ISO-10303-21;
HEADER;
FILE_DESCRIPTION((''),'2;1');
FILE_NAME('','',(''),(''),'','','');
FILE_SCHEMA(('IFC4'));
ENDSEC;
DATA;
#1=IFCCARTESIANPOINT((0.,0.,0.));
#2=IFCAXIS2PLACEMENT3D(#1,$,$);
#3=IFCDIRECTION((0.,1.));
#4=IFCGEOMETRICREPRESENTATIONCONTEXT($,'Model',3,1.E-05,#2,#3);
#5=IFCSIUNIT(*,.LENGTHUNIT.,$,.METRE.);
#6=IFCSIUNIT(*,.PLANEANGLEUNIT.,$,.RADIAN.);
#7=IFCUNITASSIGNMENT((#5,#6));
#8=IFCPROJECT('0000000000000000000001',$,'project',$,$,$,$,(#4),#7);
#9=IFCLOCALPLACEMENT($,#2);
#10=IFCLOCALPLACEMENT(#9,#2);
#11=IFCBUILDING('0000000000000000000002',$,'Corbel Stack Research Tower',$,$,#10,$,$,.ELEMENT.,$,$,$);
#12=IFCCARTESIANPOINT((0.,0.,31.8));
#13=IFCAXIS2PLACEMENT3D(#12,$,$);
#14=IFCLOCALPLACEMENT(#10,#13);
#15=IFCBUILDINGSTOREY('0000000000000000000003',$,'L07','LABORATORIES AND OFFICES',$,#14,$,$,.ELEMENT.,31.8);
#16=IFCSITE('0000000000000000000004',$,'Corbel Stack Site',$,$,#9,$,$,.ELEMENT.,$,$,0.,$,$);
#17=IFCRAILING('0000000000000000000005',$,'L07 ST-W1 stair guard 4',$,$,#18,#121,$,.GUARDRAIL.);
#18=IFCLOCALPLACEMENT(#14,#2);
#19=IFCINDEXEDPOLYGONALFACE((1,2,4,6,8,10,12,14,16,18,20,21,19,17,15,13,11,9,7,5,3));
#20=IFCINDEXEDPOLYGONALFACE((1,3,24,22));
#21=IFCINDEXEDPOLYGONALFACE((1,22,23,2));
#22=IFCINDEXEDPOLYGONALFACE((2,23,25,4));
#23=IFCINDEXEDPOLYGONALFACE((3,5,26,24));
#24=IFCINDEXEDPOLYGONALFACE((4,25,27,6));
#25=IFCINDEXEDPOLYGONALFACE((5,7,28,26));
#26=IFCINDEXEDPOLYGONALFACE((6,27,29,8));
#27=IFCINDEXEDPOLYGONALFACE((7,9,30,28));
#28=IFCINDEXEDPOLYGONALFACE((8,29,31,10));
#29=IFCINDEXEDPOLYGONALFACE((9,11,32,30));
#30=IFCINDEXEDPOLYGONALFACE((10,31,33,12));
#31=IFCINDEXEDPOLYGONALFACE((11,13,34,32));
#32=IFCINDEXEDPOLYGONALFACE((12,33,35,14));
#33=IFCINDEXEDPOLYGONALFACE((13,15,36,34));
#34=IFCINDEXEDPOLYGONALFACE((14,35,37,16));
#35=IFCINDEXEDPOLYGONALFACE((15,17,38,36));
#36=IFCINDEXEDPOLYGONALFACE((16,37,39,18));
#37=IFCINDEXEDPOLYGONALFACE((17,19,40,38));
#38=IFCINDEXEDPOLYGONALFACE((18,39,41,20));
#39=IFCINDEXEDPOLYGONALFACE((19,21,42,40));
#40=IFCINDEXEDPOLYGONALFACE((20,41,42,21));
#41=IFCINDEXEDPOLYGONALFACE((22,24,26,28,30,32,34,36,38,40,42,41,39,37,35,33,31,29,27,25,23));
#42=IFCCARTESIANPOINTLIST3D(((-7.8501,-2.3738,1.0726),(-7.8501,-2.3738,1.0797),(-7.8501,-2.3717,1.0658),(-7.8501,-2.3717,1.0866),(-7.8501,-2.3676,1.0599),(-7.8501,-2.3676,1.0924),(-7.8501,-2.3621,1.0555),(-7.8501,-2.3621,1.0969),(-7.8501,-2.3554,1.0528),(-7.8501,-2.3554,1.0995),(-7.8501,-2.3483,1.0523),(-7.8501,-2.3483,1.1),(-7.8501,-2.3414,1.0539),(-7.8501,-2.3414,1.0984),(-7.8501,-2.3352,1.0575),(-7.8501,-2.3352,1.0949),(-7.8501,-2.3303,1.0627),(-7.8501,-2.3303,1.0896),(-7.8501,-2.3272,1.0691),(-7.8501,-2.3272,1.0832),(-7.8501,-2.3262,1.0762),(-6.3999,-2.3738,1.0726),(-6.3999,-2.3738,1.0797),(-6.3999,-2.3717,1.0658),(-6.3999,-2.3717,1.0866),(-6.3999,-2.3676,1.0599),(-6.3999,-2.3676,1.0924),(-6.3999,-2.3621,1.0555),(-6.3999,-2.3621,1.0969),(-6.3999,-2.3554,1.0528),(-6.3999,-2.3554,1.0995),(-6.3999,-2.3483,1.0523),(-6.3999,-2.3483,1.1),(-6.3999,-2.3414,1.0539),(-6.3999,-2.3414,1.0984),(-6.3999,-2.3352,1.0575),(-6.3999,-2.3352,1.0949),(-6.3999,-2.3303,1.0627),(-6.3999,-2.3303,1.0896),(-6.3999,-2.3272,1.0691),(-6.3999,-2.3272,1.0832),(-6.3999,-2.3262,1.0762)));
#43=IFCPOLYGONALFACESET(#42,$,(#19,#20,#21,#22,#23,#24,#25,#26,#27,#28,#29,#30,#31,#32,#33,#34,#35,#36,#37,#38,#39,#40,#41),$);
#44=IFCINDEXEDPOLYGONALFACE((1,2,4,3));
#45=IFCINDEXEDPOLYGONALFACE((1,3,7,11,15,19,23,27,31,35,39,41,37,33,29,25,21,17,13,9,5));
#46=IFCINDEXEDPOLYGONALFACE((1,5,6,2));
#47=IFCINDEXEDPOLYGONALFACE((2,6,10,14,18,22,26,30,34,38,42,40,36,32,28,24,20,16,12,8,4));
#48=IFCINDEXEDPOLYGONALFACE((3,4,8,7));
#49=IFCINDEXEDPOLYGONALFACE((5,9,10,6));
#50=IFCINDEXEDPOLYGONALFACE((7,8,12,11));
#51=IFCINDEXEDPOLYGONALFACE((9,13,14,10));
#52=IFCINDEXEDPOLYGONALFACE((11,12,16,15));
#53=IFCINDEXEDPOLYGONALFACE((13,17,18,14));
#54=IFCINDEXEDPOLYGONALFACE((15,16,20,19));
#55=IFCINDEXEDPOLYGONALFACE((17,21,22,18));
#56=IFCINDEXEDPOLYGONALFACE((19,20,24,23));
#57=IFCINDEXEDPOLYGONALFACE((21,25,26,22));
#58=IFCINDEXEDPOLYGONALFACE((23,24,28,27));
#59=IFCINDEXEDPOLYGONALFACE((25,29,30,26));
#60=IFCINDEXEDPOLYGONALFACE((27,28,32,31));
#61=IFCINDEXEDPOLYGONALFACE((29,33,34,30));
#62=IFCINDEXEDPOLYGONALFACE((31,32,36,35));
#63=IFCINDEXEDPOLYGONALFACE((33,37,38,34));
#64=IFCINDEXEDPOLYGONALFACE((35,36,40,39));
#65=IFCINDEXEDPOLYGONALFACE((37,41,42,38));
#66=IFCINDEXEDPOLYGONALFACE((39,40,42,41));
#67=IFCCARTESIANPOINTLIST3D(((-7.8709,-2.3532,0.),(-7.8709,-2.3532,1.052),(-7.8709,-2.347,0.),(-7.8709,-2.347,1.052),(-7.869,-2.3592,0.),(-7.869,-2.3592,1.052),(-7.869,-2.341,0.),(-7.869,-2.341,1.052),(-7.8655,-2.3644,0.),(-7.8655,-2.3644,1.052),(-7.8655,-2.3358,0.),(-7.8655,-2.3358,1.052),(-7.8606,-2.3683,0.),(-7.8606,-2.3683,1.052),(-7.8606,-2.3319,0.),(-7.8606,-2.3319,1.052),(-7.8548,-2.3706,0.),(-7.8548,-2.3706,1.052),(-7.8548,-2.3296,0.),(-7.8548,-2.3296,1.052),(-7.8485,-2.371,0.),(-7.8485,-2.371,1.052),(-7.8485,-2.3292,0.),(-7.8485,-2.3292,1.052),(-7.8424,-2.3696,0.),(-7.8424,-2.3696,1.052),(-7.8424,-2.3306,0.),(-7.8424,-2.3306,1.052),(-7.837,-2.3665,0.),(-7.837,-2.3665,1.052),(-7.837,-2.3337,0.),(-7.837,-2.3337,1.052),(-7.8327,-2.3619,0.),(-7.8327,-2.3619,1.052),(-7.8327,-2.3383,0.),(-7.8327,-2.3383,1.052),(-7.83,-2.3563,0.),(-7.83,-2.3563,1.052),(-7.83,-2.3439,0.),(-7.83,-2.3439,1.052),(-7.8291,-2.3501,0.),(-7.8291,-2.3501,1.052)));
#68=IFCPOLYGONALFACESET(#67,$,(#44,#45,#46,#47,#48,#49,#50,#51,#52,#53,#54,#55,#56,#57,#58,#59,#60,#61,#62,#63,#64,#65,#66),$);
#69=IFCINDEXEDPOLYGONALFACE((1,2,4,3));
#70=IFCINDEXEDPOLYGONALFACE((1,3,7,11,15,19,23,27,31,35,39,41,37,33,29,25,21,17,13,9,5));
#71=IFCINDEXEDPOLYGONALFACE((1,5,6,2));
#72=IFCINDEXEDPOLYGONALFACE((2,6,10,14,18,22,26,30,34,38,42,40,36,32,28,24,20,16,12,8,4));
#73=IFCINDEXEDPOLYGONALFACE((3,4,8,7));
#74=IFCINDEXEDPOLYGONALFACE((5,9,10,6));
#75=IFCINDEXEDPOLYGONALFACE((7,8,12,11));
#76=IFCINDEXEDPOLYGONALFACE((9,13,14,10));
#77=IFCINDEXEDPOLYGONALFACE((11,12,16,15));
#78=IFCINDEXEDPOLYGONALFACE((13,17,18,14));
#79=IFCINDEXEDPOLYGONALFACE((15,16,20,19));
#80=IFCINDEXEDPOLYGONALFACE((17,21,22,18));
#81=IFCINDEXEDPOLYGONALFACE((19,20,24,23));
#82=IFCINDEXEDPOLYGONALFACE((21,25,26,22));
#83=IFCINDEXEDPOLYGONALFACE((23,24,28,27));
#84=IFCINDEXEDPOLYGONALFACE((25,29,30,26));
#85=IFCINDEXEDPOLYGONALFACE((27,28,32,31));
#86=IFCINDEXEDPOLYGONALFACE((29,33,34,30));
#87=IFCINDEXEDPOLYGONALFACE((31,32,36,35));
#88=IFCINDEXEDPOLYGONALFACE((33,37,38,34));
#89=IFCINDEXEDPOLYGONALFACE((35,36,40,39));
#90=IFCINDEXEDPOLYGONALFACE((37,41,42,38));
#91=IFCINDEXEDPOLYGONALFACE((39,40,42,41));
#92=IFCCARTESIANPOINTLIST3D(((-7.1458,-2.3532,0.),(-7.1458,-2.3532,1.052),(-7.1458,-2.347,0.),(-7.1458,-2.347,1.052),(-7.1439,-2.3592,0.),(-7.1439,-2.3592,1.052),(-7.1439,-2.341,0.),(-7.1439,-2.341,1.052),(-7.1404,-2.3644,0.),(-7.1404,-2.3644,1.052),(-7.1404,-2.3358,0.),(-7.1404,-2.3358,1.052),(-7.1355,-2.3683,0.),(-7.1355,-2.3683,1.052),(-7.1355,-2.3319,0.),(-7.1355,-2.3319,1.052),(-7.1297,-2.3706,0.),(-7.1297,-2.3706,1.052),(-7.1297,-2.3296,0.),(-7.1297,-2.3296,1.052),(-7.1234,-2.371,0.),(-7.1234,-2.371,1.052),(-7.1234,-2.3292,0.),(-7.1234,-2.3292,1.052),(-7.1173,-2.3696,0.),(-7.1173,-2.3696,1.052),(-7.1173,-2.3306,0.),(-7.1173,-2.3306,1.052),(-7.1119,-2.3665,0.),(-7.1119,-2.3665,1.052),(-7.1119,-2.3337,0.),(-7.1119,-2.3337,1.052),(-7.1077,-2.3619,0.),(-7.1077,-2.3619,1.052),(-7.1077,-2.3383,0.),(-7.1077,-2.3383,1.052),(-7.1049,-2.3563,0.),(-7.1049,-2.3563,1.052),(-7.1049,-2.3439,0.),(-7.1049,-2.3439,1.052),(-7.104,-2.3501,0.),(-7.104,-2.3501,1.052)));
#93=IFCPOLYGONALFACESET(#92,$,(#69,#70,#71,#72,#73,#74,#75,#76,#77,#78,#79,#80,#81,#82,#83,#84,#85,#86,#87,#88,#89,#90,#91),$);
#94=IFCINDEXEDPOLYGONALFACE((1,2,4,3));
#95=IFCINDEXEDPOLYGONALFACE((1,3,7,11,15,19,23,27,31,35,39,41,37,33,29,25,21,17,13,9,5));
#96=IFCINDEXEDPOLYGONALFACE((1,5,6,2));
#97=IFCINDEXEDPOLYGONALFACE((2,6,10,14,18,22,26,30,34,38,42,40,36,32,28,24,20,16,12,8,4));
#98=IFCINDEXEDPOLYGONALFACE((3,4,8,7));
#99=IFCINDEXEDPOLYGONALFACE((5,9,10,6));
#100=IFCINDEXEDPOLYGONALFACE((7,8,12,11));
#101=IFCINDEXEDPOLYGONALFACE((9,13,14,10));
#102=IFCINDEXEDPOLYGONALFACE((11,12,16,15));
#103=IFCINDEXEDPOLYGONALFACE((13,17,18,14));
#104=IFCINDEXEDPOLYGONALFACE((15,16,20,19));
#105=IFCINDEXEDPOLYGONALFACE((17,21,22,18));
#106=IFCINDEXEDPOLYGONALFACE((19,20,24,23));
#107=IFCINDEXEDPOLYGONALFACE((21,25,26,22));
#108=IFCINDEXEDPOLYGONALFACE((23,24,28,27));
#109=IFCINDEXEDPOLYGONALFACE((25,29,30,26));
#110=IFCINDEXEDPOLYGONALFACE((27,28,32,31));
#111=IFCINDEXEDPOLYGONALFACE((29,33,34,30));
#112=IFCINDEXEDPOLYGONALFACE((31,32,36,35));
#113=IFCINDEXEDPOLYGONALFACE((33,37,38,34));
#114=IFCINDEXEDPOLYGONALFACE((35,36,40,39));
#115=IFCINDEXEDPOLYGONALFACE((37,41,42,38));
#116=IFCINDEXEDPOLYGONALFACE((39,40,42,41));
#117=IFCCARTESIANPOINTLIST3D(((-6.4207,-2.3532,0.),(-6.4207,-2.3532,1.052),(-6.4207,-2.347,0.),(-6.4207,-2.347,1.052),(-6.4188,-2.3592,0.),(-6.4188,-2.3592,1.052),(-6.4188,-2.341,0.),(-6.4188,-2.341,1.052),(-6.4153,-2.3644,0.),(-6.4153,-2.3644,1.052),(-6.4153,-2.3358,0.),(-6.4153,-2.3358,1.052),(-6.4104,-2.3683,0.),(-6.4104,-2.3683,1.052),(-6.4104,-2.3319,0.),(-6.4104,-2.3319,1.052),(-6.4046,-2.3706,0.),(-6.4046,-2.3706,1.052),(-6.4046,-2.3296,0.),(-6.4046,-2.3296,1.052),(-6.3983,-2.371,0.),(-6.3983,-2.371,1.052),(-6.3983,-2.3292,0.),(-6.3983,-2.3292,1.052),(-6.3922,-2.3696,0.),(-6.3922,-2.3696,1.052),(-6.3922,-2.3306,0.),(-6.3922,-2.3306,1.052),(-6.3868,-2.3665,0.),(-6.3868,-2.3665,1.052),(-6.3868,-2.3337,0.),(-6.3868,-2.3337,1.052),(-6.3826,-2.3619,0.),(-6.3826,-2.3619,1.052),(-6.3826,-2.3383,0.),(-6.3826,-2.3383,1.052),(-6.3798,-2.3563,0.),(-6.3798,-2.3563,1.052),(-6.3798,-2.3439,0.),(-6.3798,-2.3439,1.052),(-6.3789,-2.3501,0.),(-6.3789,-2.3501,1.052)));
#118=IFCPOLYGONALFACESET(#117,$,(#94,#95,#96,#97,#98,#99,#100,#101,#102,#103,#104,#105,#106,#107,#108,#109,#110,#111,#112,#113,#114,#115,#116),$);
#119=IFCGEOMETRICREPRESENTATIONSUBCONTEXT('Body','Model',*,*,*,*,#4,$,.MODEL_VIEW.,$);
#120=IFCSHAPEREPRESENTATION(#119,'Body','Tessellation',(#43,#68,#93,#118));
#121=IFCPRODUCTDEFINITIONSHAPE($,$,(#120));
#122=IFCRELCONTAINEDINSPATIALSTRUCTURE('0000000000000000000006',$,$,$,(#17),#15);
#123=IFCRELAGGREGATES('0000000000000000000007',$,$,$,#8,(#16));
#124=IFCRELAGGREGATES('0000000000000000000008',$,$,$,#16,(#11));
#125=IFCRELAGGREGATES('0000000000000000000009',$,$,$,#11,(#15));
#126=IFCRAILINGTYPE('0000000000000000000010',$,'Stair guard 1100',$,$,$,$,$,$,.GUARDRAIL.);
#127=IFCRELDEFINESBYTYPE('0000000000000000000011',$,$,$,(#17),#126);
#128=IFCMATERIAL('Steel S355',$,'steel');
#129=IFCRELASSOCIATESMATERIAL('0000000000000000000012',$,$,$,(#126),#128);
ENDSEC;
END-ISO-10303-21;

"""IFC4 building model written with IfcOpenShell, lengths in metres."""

from ifc_helpers import new_model, si_unit, direction, frame, origin, origin_2d, place, context, subcontext, project, spatial, circle, extrude, material, type_object, element, save


model = new_model("IFC4")

# Units and contexts
model_context = context("Model", 3, precision=1e-05, world=origin(), true_north=direction((0.0, 1.0)))
body_context = subcontext(model_context, "Body", "Model", "MODEL_VIEW")
ifc_project = project(units=[si_unit("LENGTHUNIT", "METRE"), si_unit("PLANEANGLEUNIT", "RADIAN")], contexts=[model_context])

# Site, building, storey
site_placement = place(None, origin())
site = spatial("IfcSite", under=ifc_project, at=site_placement, Name="Corbel Stack Site", CompositionType="ELEMENT", RefElevation=0.0)
building_placement = place(site_placement, origin())
building = spatial("IfcBuilding", under=site, at=building_placement, Name="Corbel Stack Research Tower", CompositionType="ELEMENT")
storey_placement = place(building_placement, frame((0.0, 0.0, 31.8)))
storey = spatial("IfcBuildingStorey", under=building, at=storey_placement, Name="L07", Description="LABORATORIES AND OFFICES", CompositionType="ELEMENT", Elevation=31.8)

# Railing
ifc_material_1 = material(Name="Steel S355", Category="steel")
railing_type_1 = type_object("IfcRailingType", Name="Stair guard 1100", PredefinedType="GUARDRAIL", material=ifc_material_1)
railing_1_placement = place(storey_placement, frame((-7.8501, -2.3501, 0.0)))
element("IfcRailing", 1, at=railing_1_placement, inside=storey, type_object=railing_type_1, Name="L07 ST-W1 stair guard 4", PredefinedType="GUARDRAIL", context=body_context, shape_type="SweptSolid", body=[
    extrude(circle(Radius=0.0239, at=origin_2d()), frame((0.0, 0.0, 1.0762), z_axis=(1.0, 0.0, 0.0), x_axis=(0.0, 1.0, 0.0)), (0.0, 0.0, 1.0), 1.4502),
    extrude(circle(Radius=0.021, at=origin_2d()), origin(), (0.0, 0.0, 1.0), 1.052),
    extrude(circle(Radius=0.021, at=origin_2d()), frame((0.7251, 0.0, 0.0)), (0.0, 0.0, 1.0), 1.052),
    extrude(circle(Radius=0.021, at=origin_2d()), frame((1.4502, 0.0, 0.0)), (0.0, 0.0, 1.0), 1.052),
])

save(model, "model.ifc")
